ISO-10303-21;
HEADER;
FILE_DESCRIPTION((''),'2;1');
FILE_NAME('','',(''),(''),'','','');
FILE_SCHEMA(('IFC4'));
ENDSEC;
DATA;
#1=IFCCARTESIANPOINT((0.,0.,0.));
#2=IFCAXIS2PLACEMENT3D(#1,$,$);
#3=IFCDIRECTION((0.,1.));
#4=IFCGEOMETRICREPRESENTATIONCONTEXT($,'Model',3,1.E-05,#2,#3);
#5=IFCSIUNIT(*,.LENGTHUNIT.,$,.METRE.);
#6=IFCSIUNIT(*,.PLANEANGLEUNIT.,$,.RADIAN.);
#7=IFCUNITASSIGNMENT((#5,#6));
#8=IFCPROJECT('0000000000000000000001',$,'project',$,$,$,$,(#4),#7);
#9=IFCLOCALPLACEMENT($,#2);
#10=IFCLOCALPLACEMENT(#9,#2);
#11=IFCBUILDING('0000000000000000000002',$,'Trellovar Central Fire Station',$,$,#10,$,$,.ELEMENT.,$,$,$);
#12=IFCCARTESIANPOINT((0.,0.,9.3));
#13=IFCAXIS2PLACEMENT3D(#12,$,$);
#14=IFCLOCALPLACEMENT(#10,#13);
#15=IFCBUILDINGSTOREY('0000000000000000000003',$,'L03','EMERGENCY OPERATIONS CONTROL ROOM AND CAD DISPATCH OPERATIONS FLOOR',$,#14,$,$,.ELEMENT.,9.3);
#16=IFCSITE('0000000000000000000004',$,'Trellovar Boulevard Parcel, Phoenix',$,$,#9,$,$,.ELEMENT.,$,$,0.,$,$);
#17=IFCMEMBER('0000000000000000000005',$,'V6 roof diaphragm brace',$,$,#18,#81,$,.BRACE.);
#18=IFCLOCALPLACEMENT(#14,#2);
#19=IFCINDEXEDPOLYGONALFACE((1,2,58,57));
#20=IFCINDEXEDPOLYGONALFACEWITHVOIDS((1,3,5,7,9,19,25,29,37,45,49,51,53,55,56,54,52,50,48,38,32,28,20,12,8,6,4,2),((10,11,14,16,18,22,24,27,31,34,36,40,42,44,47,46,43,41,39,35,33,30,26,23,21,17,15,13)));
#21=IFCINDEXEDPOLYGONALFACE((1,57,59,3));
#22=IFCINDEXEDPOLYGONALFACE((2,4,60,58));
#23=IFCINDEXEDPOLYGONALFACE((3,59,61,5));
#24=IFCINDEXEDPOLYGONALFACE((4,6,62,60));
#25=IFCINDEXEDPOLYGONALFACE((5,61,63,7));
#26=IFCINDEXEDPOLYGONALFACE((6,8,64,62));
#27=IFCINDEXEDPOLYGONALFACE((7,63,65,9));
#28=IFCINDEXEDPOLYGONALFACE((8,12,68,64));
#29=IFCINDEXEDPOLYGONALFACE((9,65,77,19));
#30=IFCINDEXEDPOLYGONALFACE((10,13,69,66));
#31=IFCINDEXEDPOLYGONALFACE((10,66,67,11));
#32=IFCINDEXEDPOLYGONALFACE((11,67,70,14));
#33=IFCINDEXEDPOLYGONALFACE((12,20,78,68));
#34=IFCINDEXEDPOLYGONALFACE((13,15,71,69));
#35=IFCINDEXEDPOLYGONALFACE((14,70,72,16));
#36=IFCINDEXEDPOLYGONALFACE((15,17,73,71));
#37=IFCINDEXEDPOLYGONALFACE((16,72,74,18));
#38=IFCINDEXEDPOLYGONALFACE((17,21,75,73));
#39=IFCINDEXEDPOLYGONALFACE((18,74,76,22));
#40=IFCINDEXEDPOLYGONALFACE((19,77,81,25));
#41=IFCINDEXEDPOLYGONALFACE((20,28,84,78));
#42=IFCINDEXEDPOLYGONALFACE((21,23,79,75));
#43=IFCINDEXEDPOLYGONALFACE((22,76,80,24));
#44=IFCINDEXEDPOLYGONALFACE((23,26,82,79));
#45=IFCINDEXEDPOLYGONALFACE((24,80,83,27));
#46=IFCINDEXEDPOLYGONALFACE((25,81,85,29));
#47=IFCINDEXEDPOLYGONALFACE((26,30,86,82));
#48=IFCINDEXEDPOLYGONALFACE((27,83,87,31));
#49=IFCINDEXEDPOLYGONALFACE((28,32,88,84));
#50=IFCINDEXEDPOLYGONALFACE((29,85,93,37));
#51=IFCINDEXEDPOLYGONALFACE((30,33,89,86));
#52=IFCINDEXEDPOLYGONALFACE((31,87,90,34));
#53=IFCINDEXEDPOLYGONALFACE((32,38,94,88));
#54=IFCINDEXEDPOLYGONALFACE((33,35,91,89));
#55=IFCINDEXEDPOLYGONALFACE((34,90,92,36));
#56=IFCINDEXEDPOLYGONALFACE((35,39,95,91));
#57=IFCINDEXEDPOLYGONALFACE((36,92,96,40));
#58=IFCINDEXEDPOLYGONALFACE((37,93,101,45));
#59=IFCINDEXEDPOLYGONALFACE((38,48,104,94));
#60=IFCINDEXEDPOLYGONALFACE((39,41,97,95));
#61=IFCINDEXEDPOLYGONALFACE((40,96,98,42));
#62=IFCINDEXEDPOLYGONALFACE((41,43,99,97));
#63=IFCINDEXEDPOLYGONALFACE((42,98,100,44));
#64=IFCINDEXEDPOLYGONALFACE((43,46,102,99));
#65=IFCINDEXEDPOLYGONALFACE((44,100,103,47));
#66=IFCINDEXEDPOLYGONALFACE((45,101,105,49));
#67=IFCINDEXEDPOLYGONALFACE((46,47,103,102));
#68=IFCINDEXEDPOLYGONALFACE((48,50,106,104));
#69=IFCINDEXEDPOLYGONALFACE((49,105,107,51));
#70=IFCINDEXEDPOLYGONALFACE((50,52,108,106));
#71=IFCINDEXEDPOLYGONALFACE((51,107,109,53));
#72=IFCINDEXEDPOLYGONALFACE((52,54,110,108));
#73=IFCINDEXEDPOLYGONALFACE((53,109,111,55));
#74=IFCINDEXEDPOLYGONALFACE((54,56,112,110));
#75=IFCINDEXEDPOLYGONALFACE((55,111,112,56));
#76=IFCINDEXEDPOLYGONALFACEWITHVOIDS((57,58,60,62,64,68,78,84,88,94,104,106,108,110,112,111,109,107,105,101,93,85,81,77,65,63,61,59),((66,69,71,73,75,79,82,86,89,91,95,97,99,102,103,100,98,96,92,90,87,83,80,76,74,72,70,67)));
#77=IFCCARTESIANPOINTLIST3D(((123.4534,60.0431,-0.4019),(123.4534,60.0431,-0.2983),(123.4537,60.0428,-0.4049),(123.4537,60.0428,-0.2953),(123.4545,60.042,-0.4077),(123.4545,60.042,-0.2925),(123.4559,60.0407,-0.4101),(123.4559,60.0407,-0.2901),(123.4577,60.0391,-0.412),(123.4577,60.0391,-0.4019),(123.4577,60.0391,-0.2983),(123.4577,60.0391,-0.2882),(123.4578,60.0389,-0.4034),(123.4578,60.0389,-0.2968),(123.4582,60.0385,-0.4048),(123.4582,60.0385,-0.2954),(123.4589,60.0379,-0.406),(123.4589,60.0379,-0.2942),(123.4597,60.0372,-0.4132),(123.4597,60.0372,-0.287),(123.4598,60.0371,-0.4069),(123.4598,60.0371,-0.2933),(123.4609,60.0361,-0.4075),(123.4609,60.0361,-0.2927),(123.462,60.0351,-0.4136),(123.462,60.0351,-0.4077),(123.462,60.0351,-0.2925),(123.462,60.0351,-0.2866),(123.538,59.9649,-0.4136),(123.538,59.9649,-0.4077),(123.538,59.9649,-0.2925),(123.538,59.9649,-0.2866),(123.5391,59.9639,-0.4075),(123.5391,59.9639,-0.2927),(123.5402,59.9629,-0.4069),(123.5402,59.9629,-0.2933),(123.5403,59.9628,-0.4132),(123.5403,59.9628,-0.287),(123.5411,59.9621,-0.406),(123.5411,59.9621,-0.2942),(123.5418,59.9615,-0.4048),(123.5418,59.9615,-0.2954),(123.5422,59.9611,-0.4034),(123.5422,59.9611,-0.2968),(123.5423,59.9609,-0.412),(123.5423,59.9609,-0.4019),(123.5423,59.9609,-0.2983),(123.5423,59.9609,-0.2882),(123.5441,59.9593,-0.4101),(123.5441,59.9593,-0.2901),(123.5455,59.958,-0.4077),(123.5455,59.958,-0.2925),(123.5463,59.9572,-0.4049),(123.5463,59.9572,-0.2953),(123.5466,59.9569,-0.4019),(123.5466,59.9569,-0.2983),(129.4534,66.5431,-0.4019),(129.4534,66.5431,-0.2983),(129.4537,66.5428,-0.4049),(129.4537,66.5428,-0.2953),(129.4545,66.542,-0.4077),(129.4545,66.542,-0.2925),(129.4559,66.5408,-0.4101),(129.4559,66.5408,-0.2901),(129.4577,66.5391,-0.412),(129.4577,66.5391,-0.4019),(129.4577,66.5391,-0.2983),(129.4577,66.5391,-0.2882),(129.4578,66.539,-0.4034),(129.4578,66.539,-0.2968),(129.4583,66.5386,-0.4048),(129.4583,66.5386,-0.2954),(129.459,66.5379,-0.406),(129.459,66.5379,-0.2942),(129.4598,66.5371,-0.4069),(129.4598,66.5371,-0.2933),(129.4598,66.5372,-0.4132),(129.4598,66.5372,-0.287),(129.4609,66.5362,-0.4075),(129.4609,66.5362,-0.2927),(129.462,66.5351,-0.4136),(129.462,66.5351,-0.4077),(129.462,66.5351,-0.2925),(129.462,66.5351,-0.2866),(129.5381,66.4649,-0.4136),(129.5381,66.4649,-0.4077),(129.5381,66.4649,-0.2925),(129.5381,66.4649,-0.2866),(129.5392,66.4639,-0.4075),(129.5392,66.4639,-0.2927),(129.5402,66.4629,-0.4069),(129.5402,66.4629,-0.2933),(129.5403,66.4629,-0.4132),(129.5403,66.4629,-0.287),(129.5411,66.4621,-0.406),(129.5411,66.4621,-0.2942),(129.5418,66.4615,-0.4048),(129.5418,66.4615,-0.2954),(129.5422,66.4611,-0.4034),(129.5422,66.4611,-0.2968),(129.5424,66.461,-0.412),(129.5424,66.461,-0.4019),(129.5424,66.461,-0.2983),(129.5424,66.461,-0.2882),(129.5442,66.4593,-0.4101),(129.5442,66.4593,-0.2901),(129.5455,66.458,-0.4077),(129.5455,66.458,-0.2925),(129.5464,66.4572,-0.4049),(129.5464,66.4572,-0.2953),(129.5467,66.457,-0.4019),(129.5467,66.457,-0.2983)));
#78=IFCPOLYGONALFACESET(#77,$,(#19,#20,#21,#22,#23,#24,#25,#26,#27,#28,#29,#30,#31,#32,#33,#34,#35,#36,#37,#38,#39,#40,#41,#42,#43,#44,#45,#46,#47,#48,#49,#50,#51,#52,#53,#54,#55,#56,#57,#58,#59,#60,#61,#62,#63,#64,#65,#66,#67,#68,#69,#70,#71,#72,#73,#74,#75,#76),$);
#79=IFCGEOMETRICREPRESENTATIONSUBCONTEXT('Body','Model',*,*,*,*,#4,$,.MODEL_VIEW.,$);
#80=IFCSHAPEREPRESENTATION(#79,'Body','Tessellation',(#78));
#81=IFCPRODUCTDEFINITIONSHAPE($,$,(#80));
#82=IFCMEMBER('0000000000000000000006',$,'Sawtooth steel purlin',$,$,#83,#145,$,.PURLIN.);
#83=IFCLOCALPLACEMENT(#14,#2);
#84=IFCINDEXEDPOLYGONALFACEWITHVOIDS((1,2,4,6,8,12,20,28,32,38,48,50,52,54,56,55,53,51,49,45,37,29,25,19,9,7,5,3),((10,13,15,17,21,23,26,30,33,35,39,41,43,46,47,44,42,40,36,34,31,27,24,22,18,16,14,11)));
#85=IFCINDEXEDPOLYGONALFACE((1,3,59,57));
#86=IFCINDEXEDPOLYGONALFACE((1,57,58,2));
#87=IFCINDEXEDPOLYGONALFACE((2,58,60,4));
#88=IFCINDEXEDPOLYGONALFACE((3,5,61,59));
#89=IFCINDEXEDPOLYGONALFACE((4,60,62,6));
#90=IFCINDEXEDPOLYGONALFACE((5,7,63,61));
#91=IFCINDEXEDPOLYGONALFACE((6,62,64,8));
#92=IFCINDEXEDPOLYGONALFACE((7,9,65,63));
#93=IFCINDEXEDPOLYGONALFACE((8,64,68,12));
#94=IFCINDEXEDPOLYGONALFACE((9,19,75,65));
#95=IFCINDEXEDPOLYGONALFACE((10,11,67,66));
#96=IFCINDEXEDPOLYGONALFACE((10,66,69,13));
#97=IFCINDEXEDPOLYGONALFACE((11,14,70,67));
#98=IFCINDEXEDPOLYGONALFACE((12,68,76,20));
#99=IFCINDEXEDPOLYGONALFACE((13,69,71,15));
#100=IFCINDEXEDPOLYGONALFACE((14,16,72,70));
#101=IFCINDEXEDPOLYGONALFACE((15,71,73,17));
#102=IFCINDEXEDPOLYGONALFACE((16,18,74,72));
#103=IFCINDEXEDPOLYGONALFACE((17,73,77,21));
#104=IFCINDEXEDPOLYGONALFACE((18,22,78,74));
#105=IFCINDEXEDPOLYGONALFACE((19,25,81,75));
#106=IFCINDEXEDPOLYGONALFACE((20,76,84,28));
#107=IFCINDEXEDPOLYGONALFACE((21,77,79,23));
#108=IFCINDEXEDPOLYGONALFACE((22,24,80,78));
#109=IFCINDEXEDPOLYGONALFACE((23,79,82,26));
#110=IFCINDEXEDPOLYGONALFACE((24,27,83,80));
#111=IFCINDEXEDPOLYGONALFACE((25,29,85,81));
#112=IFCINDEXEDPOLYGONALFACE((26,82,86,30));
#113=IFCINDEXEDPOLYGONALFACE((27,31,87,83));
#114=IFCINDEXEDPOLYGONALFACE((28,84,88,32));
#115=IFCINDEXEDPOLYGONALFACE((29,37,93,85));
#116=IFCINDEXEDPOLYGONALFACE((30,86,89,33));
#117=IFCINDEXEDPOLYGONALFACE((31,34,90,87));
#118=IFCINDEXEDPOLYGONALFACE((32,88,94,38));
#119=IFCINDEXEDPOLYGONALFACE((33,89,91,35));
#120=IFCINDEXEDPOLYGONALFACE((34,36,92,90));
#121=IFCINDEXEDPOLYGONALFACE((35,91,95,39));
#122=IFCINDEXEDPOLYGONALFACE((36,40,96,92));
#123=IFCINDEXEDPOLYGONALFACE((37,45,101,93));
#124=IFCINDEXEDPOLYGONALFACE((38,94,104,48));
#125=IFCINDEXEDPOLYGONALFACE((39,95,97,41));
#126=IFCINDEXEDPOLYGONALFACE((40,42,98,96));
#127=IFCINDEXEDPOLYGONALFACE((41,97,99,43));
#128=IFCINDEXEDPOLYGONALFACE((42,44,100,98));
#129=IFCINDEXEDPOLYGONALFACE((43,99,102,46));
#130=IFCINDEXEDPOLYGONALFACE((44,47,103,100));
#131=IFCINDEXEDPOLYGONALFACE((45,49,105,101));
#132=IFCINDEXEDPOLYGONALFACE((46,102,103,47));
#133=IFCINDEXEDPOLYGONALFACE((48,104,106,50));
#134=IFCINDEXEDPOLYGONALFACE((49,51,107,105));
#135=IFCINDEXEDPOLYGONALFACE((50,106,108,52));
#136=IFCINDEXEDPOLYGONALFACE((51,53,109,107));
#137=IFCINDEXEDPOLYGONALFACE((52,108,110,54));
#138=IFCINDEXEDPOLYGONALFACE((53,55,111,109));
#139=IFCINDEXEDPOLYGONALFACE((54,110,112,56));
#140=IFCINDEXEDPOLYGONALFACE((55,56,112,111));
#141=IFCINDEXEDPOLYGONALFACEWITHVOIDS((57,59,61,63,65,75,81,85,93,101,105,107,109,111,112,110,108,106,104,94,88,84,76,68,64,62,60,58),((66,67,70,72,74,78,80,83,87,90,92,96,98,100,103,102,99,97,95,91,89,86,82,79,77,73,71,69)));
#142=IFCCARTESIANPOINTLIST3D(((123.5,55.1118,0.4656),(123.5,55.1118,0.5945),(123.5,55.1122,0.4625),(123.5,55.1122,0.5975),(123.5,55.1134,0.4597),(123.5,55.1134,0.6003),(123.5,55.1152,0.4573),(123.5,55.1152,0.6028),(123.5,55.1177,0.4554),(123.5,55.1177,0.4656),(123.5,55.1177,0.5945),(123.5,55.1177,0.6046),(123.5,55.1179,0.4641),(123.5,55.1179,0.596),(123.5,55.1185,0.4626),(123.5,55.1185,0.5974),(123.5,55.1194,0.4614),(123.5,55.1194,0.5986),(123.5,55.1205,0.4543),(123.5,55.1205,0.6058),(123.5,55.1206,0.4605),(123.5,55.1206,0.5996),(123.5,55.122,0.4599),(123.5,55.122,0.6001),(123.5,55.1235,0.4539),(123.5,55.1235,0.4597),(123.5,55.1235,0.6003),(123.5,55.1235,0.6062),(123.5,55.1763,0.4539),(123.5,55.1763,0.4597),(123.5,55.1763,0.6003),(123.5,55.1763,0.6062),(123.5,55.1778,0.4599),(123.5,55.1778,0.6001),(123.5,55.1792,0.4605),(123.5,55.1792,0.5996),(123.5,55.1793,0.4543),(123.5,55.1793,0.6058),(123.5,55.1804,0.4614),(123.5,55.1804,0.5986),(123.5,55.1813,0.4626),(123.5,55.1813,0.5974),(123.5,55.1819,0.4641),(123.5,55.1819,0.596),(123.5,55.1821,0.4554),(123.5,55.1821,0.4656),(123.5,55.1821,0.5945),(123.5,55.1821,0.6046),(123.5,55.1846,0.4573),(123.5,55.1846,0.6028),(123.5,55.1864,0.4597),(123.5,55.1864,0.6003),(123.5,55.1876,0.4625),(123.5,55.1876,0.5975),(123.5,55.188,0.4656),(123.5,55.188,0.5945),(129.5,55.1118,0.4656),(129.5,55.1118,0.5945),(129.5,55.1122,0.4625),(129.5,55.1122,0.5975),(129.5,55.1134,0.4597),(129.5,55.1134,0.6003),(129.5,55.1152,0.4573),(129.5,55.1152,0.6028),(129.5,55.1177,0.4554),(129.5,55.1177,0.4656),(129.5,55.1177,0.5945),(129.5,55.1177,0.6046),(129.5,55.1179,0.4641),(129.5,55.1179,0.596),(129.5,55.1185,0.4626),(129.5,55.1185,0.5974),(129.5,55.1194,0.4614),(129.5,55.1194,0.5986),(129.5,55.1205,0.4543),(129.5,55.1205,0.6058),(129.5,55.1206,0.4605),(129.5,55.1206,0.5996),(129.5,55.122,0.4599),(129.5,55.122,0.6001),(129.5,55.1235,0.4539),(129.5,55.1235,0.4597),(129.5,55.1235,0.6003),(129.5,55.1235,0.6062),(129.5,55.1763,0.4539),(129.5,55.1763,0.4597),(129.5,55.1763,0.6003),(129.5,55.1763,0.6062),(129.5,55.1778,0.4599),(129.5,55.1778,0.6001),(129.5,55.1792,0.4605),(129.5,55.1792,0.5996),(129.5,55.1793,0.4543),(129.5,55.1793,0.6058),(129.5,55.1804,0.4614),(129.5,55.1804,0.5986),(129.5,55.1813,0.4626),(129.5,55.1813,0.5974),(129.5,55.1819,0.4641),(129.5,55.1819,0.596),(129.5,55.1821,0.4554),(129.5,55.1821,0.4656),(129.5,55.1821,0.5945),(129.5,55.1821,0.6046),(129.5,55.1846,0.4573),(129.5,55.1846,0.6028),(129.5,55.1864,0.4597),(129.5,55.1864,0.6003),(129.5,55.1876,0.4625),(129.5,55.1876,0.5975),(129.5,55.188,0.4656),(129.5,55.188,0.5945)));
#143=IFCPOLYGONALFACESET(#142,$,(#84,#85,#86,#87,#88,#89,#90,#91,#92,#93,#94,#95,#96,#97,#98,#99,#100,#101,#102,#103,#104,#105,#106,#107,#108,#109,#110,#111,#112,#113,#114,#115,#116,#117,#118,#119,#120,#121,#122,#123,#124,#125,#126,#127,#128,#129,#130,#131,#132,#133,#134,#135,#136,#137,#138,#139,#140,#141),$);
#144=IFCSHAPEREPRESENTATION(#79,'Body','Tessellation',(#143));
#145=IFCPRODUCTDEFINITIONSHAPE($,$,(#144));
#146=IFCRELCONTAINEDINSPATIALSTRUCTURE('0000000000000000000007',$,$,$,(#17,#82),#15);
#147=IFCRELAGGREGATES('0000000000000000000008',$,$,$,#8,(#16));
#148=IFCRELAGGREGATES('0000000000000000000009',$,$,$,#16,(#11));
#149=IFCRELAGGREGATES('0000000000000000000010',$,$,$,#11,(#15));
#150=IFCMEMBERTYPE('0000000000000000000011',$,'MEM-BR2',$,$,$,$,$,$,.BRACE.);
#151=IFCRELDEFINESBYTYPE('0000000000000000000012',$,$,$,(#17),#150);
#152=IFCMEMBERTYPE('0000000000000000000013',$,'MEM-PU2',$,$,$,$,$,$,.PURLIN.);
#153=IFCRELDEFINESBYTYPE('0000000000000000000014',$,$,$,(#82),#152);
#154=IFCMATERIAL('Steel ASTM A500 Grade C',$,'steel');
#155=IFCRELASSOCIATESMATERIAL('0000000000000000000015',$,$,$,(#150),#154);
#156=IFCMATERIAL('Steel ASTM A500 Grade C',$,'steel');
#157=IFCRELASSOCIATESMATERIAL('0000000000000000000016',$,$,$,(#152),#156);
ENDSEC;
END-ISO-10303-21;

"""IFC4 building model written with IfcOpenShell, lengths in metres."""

from ifc_helpers import new_model, si_unit, direction, frame, origin, origin_2d, place, context, subcontext, project, spatial, hollow_rectangle, extrude, material, material_profile, profile_set, type_object, element, save


model = new_model("IFC4")

# Units and contexts
model_context = context("Model", 3, precision=1e-05, world=origin(), true_north=direction((0.0, 1.0)))
body_context = subcontext(model_context, "Body", "Model", "MODEL_VIEW")
ifc_project = project(units=[si_unit("LENGTHUNIT", "METRE"), si_unit("PLANEANGLEUNIT", "RADIAN")], contexts=[model_context])

# Site, building, storey
site_placement = place(None, origin())
site = spatial("IfcSite", under=ifc_project, at=site_placement, Name="Trellovar Boulevard Parcel, Phoenix", CompositionType="ELEMENT", RefElevation=0.0)
building_placement = place(site_placement, origin())
building = spatial("IfcBuilding", under=site, at=building_placement, Name="Trellovar Central Fire Station", CompositionType="ELEMENT")
storey_placement = place(building_placement, frame((0.0, 0.0, 9.3)))
storey = spatial("IfcBuildingStorey", under=building, at=storey_placement, Name="L03", Description="EMERGENCY OPERATIONS CONTROL ROOM AND CAD DISPATCH OPERATIONS FLOOR", CompositionType="ELEMENT", Elevation=9.3)

# Members
ifc_material_1 = material(Name="Steel ASTM A500 Grade C", Category="steel")
ifc_material_profile_1 = material_profile(ifc_material_1, hollow_rectangle(XDim=0.127, YDim=0.127, WallThickness=0.0059, InnerFilletRadius=0.0059, OuterFilletRadius=0.0117, at=origin_2d()), Name="HSS5X5X1/4")
ifc_profile_set_1 = profile_set([ifc_material_profile_1], Name="Steel ASTM A500 Grade C")
member_type_1 = type_object("IfcMemberType", Name="MEM-BR2", PredefinedType="BRACE", material=ifc_profile_set_1)
member_1_placement = place(storey_placement, frame((123.5, 60.0, -0.3501), z_axis=(0.67828, 0.734803, 0.0), x_axis=(-0.734803, 0.67828, 0.0)))
element("IfcMember", 1, at=member_1_placement, inside=storey, type_object=member_type_1, Name="V6 roof diaphragm brace", PredefinedType="BRACE", context=body_context, shape_type="SweptSolid", body=[
    extrude(hollow_rectangle(XDim=0.127, YDim=0.127, WallThickness=0.0059, InnerFilletRadius=0.0059, OuterFilletRadius=0.0117, at=origin_2d()), origin(), (0.0, 0.0, 1.0), 8.8459),
])
ifc_material_2 = material(Name="Steel ASTM A500 Grade C", Category="steel")
ifc_material_profile_2 = material_profile(ifc_material_2, hollow_rectangle(XDim=0.0762, YDim=0.1523, WallThickness=0.0059, InnerFilletRadius=0.0059, OuterFilletRadius=0.0117, at=origin_2d()), Name="HSS6X3X1/4")
ifc_profile_set_2 = profile_set([ifc_material_profile_2], Name="Steel ASTM A500 Grade C")
member_type_2 = type_object("IfcMemberType", Name="MEM-PU2", PredefinedType="PURLIN", material=ifc_profile_set_2)
for number, where, z_axis, x_axis, name in (
    (2, (123.5, 55.1499, 0.53), (1.0, 0.0, 0.0), (0.0, 1.0, 0.0), "Sawtooth steel purlin"),
):
    element("IfcMember", number, at=place(storey_placement, frame(where, z_axis=z_axis, x_axis=x_axis)), inside=storey, type_object=member_type_2, Name=name, PredefinedType="PURLIN", context=body_context, shape_type="SweptSolid", body=[
        extrude(hollow_rectangle(XDim=0.0762, YDim=0.1523, WallThickness=0.0059, InnerFilletRadius=0.0059, OuterFilletRadius=0.0117, at=origin_2d()), origin(), (0.0, 0.0, 1.0), 6.0),
    ])

save(model, "model.ifc")
